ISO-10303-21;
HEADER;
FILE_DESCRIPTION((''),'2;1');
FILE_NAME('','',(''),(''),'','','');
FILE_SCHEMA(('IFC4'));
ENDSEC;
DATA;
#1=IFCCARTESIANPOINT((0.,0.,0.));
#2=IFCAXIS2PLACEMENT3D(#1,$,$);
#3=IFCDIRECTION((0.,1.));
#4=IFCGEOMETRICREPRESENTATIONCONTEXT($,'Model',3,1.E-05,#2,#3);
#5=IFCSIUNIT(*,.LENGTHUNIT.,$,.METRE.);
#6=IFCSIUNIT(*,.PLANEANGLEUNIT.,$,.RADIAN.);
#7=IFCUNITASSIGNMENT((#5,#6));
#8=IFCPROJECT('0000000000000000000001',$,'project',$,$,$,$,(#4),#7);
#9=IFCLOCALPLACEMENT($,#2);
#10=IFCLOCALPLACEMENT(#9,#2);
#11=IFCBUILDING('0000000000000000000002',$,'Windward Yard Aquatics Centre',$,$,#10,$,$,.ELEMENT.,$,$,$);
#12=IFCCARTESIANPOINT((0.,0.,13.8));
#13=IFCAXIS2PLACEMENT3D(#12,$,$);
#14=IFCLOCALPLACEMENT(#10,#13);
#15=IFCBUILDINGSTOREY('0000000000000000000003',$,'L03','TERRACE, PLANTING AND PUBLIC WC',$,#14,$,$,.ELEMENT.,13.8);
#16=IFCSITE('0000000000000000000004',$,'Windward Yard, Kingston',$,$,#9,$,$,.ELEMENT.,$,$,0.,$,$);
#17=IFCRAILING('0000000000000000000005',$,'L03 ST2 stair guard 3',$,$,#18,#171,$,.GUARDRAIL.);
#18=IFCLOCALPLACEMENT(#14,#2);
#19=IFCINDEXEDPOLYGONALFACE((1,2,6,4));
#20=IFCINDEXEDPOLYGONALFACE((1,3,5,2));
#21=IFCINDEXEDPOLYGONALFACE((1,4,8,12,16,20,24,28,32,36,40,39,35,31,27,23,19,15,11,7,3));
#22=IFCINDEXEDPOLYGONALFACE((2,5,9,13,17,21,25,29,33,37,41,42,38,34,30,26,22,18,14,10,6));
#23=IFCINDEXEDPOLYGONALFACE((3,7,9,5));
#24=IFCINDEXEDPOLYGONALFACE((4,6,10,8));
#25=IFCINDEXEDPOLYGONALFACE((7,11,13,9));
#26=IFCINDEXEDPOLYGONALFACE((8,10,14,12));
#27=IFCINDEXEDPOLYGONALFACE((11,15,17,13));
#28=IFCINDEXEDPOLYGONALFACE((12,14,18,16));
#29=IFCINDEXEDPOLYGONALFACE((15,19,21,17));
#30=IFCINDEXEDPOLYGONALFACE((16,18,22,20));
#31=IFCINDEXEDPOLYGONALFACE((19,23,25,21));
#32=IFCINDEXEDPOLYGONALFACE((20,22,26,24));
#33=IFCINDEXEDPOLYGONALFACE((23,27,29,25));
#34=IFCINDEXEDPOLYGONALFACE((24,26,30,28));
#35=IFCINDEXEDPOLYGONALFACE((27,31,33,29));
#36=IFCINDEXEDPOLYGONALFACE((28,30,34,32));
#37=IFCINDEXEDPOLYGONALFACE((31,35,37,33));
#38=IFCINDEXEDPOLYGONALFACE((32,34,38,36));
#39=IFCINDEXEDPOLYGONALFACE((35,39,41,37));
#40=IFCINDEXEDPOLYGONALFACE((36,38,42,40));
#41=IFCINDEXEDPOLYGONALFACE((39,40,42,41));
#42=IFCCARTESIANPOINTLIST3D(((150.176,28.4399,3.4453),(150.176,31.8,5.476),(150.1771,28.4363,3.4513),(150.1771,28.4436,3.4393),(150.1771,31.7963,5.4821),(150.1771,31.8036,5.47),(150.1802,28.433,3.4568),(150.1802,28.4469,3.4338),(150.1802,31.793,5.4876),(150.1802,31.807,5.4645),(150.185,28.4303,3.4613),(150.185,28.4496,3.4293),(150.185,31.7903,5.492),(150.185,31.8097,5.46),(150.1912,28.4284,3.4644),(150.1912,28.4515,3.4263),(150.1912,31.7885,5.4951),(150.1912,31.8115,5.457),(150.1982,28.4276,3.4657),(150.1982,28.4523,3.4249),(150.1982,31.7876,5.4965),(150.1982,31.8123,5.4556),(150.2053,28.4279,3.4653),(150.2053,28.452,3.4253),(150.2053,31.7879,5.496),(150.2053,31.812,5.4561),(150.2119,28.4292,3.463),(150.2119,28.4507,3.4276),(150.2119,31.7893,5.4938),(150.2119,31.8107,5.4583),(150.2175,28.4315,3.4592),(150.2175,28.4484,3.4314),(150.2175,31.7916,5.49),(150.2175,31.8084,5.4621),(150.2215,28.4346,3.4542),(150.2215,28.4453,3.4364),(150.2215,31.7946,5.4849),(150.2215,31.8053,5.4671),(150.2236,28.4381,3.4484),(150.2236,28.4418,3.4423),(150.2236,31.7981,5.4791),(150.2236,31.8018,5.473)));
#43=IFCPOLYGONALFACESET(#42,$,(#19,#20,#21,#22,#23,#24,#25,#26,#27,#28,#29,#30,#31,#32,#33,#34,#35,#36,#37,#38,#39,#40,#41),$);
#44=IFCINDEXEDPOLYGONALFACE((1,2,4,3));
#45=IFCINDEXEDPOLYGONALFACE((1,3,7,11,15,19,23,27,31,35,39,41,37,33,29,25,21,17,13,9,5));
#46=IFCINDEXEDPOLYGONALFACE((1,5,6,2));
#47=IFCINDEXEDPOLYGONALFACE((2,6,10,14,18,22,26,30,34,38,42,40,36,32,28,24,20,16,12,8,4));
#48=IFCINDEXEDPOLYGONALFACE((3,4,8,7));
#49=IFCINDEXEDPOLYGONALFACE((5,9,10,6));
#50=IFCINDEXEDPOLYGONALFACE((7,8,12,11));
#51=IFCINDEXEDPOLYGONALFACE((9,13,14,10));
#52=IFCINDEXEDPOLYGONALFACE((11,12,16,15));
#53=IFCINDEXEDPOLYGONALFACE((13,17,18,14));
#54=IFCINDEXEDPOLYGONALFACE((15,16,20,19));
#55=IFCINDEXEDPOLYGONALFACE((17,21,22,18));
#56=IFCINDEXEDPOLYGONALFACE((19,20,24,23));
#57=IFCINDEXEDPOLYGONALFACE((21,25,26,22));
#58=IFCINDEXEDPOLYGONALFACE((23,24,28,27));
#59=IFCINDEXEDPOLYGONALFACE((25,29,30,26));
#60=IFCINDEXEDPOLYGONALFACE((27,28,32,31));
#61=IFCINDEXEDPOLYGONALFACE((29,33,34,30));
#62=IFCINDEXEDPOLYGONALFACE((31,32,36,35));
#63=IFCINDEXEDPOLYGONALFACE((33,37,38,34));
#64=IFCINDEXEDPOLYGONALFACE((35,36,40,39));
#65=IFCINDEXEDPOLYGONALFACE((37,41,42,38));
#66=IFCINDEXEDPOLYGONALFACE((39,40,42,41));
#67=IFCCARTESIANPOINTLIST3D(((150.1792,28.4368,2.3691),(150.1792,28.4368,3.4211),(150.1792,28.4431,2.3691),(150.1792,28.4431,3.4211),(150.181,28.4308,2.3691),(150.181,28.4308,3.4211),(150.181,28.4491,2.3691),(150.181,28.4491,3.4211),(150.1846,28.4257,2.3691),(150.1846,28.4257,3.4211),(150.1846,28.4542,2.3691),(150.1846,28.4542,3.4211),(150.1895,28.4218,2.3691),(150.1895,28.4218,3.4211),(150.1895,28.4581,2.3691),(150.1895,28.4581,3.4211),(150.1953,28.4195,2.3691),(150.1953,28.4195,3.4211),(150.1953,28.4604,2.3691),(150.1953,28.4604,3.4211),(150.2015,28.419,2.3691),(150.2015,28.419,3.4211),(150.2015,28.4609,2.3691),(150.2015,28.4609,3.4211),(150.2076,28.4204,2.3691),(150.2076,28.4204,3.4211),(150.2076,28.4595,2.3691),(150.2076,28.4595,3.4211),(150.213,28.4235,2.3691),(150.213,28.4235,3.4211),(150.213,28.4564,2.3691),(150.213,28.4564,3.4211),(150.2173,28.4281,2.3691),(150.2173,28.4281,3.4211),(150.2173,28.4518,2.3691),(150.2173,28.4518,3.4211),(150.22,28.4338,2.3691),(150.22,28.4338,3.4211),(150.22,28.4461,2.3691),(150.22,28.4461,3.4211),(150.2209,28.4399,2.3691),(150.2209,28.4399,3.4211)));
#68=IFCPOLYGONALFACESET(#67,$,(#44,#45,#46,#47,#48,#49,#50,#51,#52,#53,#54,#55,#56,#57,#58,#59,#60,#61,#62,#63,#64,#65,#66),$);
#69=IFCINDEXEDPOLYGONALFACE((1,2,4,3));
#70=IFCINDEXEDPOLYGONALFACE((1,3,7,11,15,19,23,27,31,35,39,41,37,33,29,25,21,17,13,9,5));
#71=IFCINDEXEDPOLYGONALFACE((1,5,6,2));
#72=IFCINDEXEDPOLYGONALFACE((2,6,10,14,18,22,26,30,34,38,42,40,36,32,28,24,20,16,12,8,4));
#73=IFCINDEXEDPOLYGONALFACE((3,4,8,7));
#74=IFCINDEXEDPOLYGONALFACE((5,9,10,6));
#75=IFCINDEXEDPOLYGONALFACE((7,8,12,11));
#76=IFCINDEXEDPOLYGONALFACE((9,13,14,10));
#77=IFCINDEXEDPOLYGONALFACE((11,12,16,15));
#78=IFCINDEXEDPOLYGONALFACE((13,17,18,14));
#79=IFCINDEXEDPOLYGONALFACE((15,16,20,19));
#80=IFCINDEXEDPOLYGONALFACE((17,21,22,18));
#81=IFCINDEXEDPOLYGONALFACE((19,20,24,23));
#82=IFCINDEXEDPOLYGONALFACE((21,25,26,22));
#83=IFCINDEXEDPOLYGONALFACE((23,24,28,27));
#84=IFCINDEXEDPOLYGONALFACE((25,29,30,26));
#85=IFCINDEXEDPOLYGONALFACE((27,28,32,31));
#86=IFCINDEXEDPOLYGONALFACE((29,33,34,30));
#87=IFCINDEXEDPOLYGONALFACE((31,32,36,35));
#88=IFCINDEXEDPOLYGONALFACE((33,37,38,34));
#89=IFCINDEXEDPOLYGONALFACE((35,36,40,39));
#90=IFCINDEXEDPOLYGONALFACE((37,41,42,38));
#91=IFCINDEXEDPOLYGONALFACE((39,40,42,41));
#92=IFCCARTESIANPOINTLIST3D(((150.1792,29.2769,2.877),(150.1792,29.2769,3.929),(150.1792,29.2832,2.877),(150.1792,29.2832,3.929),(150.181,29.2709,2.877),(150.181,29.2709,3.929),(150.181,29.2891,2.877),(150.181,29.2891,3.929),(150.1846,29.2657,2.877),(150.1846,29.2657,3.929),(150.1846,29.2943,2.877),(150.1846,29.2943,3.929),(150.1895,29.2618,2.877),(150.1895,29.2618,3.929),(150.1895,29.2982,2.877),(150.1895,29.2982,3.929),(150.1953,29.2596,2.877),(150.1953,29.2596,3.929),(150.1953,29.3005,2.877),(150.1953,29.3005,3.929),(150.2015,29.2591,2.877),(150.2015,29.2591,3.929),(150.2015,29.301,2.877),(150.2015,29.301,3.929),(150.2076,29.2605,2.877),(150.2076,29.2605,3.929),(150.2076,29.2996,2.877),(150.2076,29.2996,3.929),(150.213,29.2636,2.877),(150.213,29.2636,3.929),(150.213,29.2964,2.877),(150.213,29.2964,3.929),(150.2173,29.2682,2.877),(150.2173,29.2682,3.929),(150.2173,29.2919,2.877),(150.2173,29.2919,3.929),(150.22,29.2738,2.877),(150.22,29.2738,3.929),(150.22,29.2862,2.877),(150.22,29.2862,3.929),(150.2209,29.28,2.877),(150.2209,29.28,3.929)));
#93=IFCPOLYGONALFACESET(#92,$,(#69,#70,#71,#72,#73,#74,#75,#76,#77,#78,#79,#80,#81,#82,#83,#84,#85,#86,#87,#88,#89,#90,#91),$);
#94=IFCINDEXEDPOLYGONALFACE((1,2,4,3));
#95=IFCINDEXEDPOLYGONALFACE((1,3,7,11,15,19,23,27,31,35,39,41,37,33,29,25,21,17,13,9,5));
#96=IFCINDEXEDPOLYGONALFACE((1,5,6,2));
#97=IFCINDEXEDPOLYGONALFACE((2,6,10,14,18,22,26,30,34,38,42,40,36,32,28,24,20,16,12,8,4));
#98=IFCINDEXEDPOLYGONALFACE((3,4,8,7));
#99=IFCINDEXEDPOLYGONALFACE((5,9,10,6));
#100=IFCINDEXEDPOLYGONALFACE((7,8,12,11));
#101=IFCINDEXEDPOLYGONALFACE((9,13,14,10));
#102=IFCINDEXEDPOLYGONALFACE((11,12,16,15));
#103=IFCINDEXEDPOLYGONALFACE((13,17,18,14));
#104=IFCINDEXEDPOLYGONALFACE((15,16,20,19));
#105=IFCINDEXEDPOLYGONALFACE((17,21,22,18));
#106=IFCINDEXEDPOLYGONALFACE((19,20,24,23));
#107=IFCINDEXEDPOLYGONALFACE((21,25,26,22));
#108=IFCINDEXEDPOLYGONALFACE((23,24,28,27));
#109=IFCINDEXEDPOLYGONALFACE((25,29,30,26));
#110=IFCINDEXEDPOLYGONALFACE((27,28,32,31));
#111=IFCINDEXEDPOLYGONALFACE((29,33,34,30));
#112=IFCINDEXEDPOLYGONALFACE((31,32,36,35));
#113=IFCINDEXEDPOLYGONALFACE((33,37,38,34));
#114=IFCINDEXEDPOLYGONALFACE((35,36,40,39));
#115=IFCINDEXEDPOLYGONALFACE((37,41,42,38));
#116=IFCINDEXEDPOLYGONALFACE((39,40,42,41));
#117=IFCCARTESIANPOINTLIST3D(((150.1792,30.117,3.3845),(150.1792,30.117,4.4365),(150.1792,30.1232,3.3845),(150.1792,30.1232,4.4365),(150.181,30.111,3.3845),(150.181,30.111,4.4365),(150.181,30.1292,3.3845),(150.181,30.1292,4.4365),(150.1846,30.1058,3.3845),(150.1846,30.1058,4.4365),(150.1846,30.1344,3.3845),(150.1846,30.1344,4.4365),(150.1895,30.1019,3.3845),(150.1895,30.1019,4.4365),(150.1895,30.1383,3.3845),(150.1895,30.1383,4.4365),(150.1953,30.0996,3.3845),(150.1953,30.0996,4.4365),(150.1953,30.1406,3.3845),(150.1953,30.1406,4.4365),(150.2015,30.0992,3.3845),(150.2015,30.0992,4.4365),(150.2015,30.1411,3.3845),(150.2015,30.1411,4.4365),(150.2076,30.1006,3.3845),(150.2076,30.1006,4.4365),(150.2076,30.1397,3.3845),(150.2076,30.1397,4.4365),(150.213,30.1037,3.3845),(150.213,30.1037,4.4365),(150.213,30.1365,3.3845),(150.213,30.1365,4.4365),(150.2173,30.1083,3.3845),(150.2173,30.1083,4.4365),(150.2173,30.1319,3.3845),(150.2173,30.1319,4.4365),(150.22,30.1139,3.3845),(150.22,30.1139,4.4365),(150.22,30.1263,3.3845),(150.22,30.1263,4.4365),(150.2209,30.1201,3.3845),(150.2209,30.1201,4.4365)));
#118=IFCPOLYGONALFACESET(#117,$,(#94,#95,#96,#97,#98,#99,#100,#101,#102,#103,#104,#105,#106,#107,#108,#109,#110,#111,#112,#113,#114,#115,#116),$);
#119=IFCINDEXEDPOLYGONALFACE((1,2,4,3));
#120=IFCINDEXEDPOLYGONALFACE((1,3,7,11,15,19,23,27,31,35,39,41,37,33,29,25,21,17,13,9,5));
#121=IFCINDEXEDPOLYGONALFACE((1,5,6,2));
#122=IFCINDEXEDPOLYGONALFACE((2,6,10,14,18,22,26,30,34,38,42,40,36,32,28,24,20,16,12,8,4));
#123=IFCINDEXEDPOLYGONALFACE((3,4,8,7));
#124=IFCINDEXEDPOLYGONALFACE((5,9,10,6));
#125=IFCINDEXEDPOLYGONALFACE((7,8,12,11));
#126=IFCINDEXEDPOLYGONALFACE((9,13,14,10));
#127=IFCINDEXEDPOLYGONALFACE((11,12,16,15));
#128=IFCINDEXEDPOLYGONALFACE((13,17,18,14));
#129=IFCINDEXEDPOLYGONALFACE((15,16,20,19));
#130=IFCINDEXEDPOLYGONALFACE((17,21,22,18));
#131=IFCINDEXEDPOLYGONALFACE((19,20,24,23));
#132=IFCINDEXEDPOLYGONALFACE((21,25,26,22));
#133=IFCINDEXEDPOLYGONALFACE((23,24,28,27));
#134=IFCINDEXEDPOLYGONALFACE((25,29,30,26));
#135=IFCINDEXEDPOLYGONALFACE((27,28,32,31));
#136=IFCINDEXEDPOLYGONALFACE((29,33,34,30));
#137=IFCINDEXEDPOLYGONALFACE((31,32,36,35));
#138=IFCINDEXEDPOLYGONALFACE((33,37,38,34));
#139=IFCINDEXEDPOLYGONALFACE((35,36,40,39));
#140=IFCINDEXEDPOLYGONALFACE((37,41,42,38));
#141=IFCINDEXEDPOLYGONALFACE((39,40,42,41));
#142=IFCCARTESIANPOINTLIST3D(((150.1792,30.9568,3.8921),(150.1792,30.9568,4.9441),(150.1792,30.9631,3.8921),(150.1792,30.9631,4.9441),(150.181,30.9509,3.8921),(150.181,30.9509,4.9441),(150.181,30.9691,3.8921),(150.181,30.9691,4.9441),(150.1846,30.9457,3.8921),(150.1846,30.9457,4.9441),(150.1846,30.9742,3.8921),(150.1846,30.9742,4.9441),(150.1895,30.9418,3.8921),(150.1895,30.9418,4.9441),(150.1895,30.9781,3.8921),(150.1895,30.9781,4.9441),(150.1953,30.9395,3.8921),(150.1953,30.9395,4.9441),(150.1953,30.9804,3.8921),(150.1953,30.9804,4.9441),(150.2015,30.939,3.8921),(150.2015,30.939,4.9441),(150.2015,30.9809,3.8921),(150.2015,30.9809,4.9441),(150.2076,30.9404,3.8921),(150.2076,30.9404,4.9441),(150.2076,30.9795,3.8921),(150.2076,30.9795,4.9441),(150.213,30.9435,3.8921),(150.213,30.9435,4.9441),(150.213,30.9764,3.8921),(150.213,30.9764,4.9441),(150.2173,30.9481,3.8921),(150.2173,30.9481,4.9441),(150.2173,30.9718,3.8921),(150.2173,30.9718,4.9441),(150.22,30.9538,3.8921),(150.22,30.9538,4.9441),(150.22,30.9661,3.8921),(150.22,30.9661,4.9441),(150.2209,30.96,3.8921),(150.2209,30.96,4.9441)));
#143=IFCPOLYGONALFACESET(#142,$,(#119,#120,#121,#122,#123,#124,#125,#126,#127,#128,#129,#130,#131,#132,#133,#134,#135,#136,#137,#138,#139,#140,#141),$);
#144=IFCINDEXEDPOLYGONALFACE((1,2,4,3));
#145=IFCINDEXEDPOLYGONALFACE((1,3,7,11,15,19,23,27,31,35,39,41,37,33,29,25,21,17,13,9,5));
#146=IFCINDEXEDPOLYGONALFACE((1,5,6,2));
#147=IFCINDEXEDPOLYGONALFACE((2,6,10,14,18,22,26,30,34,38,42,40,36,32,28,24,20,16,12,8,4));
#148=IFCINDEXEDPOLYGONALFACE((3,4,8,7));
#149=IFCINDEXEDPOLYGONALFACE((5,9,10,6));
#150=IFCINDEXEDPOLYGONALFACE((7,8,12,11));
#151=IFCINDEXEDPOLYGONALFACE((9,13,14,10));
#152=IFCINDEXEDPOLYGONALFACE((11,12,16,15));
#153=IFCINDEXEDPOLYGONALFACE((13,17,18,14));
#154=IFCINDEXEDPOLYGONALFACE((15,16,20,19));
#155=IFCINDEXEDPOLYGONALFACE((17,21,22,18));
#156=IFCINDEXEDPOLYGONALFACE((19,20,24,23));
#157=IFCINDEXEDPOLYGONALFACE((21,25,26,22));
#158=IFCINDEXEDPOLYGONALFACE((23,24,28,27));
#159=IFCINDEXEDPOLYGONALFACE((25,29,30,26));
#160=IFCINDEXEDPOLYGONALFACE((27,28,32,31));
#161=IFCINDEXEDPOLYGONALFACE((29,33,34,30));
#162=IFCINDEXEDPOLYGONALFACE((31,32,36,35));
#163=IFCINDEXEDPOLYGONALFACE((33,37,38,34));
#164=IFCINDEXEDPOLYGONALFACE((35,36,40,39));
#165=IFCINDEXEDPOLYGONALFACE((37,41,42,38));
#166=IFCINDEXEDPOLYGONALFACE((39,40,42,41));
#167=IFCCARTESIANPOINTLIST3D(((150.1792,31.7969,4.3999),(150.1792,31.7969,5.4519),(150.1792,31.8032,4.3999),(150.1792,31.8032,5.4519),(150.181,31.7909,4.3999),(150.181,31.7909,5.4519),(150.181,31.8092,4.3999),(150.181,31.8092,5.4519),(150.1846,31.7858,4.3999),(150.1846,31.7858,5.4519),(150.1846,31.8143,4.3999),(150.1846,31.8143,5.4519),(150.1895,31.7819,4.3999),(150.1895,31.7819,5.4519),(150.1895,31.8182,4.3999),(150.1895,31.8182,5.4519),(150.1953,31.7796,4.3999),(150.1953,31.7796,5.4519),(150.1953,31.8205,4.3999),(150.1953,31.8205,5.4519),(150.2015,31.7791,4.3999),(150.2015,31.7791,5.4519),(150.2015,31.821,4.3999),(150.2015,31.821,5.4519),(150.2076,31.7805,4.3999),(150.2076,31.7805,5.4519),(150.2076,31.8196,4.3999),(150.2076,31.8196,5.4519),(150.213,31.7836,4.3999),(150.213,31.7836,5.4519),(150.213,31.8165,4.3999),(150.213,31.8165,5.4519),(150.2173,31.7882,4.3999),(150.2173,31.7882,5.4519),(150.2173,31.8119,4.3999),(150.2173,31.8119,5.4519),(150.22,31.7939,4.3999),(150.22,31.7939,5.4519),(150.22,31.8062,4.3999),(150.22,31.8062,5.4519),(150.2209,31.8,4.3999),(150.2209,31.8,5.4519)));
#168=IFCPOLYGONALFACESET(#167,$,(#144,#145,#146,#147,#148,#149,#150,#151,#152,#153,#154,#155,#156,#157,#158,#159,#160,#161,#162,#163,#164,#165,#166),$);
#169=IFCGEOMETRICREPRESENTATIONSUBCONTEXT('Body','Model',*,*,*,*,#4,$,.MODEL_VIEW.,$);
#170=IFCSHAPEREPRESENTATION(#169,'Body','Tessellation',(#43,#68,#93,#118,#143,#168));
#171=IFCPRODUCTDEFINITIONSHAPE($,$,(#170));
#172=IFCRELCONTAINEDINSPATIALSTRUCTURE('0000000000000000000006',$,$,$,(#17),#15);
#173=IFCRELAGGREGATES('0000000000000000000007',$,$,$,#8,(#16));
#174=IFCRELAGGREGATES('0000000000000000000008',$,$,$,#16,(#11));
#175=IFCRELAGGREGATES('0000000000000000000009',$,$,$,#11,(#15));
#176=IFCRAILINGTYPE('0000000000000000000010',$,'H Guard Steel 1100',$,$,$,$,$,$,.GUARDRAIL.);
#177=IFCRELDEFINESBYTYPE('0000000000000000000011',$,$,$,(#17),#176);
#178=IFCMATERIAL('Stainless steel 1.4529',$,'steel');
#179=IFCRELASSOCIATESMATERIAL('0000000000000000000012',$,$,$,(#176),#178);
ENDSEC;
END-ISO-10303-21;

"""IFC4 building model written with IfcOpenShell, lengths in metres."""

from ifc_helpers import new_model, si_unit, direction, frame, origin, origin_2d, place, context, subcontext, project, spatial, circle, extrude, material, type_object, element, save


model = new_model("IFC4")

# Units and contexts
model_context = context("Model", 3, precision=1e-05, world=origin(), true_north=direction((0.0, 1.0)))
body_context = subcontext(model_context, "Body", "Model", "MODEL_VIEW")
ifc_project = project(units=[si_unit("LENGTHUNIT", "METRE"), si_unit("PLANEANGLEUNIT", "RADIAN")], contexts=[model_context])

# Site, building, storey
site_placement = place(None, origin())
site = spatial("IfcSite", under=ifc_project, at=site_placement, Name="Windward Yard, Kingston", CompositionType="ELEMENT", RefElevation=0.0)
building_placement = place(site_placement, origin())
building = spatial("IfcBuilding", under=site, at=building_placement, Name="Windward Yard Aquatics Centre", CompositionType="ELEMENT")
storey_placement = place(building_placement, frame((0.0, 0.0, 13.8)))
storey = spatial("IfcBuildingStorey", under=building, at=storey_placement, Name="L03", Description="TERRACE, PLANTING AND PUBLIC WC", CompositionType="ELEMENT", Elevation=13.8)

# Railing
ifc_material_1 = material(Name="Stainless steel 1.4529", Category="steel")
railing_type_1 = type_object("IfcRailingType", Name="H Guard Steel 1100", PredefinedType="GUARDRAIL", material=ifc_material_1)
railing_1_placement = place(storey_placement, frame((150.2, 28.4399, 2.3691)))
element("IfcRailing", 1, at=railing_1_placement, inside=storey, type_object=railing_type_1, Name="L03 ST2 stair guard 3", PredefinedType="GUARDRAIL", context=body_context, shape_type="SweptSolid", body=[
    extrude(circle(Radius=0.0239, at=origin_2d()), frame((0.0, 0.0, 1.0762), z_axis=(0.0, 0.855837, 0.517246), x_axis=(-1.0, 0.0, 0.0)), (0.0, 0.0, 1.0), 3.926),
    extrude(circle(Radius=0.021, at=origin_2d()), origin(), (0.0, 0.0, 1.0), 1.052),
    extrude(circle(Radius=0.021, at=origin_2d()), frame((0.0, 0.8401, 0.5078)), (0.0, 0.0, 1.0), 1.052),
    extrude(circle(Radius=0.021, at=origin_2d()), frame((0.0, 1.6802, 1.0154)), (0.0, 0.0, 1.0), 1.052),
    extrude(circle(Radius=0.021, at=origin_2d()), frame((0.0, 2.52, 1.5229)), (0.0, 0.0, 1.0), 1.052),
    extrude(circle(Radius=0.021, at=origin_2d()), frame((0.0, 3.3601, 2.0308)), (0.0, 0.0, 1.0), 1.052),
])

save(model, "model.ifc")
